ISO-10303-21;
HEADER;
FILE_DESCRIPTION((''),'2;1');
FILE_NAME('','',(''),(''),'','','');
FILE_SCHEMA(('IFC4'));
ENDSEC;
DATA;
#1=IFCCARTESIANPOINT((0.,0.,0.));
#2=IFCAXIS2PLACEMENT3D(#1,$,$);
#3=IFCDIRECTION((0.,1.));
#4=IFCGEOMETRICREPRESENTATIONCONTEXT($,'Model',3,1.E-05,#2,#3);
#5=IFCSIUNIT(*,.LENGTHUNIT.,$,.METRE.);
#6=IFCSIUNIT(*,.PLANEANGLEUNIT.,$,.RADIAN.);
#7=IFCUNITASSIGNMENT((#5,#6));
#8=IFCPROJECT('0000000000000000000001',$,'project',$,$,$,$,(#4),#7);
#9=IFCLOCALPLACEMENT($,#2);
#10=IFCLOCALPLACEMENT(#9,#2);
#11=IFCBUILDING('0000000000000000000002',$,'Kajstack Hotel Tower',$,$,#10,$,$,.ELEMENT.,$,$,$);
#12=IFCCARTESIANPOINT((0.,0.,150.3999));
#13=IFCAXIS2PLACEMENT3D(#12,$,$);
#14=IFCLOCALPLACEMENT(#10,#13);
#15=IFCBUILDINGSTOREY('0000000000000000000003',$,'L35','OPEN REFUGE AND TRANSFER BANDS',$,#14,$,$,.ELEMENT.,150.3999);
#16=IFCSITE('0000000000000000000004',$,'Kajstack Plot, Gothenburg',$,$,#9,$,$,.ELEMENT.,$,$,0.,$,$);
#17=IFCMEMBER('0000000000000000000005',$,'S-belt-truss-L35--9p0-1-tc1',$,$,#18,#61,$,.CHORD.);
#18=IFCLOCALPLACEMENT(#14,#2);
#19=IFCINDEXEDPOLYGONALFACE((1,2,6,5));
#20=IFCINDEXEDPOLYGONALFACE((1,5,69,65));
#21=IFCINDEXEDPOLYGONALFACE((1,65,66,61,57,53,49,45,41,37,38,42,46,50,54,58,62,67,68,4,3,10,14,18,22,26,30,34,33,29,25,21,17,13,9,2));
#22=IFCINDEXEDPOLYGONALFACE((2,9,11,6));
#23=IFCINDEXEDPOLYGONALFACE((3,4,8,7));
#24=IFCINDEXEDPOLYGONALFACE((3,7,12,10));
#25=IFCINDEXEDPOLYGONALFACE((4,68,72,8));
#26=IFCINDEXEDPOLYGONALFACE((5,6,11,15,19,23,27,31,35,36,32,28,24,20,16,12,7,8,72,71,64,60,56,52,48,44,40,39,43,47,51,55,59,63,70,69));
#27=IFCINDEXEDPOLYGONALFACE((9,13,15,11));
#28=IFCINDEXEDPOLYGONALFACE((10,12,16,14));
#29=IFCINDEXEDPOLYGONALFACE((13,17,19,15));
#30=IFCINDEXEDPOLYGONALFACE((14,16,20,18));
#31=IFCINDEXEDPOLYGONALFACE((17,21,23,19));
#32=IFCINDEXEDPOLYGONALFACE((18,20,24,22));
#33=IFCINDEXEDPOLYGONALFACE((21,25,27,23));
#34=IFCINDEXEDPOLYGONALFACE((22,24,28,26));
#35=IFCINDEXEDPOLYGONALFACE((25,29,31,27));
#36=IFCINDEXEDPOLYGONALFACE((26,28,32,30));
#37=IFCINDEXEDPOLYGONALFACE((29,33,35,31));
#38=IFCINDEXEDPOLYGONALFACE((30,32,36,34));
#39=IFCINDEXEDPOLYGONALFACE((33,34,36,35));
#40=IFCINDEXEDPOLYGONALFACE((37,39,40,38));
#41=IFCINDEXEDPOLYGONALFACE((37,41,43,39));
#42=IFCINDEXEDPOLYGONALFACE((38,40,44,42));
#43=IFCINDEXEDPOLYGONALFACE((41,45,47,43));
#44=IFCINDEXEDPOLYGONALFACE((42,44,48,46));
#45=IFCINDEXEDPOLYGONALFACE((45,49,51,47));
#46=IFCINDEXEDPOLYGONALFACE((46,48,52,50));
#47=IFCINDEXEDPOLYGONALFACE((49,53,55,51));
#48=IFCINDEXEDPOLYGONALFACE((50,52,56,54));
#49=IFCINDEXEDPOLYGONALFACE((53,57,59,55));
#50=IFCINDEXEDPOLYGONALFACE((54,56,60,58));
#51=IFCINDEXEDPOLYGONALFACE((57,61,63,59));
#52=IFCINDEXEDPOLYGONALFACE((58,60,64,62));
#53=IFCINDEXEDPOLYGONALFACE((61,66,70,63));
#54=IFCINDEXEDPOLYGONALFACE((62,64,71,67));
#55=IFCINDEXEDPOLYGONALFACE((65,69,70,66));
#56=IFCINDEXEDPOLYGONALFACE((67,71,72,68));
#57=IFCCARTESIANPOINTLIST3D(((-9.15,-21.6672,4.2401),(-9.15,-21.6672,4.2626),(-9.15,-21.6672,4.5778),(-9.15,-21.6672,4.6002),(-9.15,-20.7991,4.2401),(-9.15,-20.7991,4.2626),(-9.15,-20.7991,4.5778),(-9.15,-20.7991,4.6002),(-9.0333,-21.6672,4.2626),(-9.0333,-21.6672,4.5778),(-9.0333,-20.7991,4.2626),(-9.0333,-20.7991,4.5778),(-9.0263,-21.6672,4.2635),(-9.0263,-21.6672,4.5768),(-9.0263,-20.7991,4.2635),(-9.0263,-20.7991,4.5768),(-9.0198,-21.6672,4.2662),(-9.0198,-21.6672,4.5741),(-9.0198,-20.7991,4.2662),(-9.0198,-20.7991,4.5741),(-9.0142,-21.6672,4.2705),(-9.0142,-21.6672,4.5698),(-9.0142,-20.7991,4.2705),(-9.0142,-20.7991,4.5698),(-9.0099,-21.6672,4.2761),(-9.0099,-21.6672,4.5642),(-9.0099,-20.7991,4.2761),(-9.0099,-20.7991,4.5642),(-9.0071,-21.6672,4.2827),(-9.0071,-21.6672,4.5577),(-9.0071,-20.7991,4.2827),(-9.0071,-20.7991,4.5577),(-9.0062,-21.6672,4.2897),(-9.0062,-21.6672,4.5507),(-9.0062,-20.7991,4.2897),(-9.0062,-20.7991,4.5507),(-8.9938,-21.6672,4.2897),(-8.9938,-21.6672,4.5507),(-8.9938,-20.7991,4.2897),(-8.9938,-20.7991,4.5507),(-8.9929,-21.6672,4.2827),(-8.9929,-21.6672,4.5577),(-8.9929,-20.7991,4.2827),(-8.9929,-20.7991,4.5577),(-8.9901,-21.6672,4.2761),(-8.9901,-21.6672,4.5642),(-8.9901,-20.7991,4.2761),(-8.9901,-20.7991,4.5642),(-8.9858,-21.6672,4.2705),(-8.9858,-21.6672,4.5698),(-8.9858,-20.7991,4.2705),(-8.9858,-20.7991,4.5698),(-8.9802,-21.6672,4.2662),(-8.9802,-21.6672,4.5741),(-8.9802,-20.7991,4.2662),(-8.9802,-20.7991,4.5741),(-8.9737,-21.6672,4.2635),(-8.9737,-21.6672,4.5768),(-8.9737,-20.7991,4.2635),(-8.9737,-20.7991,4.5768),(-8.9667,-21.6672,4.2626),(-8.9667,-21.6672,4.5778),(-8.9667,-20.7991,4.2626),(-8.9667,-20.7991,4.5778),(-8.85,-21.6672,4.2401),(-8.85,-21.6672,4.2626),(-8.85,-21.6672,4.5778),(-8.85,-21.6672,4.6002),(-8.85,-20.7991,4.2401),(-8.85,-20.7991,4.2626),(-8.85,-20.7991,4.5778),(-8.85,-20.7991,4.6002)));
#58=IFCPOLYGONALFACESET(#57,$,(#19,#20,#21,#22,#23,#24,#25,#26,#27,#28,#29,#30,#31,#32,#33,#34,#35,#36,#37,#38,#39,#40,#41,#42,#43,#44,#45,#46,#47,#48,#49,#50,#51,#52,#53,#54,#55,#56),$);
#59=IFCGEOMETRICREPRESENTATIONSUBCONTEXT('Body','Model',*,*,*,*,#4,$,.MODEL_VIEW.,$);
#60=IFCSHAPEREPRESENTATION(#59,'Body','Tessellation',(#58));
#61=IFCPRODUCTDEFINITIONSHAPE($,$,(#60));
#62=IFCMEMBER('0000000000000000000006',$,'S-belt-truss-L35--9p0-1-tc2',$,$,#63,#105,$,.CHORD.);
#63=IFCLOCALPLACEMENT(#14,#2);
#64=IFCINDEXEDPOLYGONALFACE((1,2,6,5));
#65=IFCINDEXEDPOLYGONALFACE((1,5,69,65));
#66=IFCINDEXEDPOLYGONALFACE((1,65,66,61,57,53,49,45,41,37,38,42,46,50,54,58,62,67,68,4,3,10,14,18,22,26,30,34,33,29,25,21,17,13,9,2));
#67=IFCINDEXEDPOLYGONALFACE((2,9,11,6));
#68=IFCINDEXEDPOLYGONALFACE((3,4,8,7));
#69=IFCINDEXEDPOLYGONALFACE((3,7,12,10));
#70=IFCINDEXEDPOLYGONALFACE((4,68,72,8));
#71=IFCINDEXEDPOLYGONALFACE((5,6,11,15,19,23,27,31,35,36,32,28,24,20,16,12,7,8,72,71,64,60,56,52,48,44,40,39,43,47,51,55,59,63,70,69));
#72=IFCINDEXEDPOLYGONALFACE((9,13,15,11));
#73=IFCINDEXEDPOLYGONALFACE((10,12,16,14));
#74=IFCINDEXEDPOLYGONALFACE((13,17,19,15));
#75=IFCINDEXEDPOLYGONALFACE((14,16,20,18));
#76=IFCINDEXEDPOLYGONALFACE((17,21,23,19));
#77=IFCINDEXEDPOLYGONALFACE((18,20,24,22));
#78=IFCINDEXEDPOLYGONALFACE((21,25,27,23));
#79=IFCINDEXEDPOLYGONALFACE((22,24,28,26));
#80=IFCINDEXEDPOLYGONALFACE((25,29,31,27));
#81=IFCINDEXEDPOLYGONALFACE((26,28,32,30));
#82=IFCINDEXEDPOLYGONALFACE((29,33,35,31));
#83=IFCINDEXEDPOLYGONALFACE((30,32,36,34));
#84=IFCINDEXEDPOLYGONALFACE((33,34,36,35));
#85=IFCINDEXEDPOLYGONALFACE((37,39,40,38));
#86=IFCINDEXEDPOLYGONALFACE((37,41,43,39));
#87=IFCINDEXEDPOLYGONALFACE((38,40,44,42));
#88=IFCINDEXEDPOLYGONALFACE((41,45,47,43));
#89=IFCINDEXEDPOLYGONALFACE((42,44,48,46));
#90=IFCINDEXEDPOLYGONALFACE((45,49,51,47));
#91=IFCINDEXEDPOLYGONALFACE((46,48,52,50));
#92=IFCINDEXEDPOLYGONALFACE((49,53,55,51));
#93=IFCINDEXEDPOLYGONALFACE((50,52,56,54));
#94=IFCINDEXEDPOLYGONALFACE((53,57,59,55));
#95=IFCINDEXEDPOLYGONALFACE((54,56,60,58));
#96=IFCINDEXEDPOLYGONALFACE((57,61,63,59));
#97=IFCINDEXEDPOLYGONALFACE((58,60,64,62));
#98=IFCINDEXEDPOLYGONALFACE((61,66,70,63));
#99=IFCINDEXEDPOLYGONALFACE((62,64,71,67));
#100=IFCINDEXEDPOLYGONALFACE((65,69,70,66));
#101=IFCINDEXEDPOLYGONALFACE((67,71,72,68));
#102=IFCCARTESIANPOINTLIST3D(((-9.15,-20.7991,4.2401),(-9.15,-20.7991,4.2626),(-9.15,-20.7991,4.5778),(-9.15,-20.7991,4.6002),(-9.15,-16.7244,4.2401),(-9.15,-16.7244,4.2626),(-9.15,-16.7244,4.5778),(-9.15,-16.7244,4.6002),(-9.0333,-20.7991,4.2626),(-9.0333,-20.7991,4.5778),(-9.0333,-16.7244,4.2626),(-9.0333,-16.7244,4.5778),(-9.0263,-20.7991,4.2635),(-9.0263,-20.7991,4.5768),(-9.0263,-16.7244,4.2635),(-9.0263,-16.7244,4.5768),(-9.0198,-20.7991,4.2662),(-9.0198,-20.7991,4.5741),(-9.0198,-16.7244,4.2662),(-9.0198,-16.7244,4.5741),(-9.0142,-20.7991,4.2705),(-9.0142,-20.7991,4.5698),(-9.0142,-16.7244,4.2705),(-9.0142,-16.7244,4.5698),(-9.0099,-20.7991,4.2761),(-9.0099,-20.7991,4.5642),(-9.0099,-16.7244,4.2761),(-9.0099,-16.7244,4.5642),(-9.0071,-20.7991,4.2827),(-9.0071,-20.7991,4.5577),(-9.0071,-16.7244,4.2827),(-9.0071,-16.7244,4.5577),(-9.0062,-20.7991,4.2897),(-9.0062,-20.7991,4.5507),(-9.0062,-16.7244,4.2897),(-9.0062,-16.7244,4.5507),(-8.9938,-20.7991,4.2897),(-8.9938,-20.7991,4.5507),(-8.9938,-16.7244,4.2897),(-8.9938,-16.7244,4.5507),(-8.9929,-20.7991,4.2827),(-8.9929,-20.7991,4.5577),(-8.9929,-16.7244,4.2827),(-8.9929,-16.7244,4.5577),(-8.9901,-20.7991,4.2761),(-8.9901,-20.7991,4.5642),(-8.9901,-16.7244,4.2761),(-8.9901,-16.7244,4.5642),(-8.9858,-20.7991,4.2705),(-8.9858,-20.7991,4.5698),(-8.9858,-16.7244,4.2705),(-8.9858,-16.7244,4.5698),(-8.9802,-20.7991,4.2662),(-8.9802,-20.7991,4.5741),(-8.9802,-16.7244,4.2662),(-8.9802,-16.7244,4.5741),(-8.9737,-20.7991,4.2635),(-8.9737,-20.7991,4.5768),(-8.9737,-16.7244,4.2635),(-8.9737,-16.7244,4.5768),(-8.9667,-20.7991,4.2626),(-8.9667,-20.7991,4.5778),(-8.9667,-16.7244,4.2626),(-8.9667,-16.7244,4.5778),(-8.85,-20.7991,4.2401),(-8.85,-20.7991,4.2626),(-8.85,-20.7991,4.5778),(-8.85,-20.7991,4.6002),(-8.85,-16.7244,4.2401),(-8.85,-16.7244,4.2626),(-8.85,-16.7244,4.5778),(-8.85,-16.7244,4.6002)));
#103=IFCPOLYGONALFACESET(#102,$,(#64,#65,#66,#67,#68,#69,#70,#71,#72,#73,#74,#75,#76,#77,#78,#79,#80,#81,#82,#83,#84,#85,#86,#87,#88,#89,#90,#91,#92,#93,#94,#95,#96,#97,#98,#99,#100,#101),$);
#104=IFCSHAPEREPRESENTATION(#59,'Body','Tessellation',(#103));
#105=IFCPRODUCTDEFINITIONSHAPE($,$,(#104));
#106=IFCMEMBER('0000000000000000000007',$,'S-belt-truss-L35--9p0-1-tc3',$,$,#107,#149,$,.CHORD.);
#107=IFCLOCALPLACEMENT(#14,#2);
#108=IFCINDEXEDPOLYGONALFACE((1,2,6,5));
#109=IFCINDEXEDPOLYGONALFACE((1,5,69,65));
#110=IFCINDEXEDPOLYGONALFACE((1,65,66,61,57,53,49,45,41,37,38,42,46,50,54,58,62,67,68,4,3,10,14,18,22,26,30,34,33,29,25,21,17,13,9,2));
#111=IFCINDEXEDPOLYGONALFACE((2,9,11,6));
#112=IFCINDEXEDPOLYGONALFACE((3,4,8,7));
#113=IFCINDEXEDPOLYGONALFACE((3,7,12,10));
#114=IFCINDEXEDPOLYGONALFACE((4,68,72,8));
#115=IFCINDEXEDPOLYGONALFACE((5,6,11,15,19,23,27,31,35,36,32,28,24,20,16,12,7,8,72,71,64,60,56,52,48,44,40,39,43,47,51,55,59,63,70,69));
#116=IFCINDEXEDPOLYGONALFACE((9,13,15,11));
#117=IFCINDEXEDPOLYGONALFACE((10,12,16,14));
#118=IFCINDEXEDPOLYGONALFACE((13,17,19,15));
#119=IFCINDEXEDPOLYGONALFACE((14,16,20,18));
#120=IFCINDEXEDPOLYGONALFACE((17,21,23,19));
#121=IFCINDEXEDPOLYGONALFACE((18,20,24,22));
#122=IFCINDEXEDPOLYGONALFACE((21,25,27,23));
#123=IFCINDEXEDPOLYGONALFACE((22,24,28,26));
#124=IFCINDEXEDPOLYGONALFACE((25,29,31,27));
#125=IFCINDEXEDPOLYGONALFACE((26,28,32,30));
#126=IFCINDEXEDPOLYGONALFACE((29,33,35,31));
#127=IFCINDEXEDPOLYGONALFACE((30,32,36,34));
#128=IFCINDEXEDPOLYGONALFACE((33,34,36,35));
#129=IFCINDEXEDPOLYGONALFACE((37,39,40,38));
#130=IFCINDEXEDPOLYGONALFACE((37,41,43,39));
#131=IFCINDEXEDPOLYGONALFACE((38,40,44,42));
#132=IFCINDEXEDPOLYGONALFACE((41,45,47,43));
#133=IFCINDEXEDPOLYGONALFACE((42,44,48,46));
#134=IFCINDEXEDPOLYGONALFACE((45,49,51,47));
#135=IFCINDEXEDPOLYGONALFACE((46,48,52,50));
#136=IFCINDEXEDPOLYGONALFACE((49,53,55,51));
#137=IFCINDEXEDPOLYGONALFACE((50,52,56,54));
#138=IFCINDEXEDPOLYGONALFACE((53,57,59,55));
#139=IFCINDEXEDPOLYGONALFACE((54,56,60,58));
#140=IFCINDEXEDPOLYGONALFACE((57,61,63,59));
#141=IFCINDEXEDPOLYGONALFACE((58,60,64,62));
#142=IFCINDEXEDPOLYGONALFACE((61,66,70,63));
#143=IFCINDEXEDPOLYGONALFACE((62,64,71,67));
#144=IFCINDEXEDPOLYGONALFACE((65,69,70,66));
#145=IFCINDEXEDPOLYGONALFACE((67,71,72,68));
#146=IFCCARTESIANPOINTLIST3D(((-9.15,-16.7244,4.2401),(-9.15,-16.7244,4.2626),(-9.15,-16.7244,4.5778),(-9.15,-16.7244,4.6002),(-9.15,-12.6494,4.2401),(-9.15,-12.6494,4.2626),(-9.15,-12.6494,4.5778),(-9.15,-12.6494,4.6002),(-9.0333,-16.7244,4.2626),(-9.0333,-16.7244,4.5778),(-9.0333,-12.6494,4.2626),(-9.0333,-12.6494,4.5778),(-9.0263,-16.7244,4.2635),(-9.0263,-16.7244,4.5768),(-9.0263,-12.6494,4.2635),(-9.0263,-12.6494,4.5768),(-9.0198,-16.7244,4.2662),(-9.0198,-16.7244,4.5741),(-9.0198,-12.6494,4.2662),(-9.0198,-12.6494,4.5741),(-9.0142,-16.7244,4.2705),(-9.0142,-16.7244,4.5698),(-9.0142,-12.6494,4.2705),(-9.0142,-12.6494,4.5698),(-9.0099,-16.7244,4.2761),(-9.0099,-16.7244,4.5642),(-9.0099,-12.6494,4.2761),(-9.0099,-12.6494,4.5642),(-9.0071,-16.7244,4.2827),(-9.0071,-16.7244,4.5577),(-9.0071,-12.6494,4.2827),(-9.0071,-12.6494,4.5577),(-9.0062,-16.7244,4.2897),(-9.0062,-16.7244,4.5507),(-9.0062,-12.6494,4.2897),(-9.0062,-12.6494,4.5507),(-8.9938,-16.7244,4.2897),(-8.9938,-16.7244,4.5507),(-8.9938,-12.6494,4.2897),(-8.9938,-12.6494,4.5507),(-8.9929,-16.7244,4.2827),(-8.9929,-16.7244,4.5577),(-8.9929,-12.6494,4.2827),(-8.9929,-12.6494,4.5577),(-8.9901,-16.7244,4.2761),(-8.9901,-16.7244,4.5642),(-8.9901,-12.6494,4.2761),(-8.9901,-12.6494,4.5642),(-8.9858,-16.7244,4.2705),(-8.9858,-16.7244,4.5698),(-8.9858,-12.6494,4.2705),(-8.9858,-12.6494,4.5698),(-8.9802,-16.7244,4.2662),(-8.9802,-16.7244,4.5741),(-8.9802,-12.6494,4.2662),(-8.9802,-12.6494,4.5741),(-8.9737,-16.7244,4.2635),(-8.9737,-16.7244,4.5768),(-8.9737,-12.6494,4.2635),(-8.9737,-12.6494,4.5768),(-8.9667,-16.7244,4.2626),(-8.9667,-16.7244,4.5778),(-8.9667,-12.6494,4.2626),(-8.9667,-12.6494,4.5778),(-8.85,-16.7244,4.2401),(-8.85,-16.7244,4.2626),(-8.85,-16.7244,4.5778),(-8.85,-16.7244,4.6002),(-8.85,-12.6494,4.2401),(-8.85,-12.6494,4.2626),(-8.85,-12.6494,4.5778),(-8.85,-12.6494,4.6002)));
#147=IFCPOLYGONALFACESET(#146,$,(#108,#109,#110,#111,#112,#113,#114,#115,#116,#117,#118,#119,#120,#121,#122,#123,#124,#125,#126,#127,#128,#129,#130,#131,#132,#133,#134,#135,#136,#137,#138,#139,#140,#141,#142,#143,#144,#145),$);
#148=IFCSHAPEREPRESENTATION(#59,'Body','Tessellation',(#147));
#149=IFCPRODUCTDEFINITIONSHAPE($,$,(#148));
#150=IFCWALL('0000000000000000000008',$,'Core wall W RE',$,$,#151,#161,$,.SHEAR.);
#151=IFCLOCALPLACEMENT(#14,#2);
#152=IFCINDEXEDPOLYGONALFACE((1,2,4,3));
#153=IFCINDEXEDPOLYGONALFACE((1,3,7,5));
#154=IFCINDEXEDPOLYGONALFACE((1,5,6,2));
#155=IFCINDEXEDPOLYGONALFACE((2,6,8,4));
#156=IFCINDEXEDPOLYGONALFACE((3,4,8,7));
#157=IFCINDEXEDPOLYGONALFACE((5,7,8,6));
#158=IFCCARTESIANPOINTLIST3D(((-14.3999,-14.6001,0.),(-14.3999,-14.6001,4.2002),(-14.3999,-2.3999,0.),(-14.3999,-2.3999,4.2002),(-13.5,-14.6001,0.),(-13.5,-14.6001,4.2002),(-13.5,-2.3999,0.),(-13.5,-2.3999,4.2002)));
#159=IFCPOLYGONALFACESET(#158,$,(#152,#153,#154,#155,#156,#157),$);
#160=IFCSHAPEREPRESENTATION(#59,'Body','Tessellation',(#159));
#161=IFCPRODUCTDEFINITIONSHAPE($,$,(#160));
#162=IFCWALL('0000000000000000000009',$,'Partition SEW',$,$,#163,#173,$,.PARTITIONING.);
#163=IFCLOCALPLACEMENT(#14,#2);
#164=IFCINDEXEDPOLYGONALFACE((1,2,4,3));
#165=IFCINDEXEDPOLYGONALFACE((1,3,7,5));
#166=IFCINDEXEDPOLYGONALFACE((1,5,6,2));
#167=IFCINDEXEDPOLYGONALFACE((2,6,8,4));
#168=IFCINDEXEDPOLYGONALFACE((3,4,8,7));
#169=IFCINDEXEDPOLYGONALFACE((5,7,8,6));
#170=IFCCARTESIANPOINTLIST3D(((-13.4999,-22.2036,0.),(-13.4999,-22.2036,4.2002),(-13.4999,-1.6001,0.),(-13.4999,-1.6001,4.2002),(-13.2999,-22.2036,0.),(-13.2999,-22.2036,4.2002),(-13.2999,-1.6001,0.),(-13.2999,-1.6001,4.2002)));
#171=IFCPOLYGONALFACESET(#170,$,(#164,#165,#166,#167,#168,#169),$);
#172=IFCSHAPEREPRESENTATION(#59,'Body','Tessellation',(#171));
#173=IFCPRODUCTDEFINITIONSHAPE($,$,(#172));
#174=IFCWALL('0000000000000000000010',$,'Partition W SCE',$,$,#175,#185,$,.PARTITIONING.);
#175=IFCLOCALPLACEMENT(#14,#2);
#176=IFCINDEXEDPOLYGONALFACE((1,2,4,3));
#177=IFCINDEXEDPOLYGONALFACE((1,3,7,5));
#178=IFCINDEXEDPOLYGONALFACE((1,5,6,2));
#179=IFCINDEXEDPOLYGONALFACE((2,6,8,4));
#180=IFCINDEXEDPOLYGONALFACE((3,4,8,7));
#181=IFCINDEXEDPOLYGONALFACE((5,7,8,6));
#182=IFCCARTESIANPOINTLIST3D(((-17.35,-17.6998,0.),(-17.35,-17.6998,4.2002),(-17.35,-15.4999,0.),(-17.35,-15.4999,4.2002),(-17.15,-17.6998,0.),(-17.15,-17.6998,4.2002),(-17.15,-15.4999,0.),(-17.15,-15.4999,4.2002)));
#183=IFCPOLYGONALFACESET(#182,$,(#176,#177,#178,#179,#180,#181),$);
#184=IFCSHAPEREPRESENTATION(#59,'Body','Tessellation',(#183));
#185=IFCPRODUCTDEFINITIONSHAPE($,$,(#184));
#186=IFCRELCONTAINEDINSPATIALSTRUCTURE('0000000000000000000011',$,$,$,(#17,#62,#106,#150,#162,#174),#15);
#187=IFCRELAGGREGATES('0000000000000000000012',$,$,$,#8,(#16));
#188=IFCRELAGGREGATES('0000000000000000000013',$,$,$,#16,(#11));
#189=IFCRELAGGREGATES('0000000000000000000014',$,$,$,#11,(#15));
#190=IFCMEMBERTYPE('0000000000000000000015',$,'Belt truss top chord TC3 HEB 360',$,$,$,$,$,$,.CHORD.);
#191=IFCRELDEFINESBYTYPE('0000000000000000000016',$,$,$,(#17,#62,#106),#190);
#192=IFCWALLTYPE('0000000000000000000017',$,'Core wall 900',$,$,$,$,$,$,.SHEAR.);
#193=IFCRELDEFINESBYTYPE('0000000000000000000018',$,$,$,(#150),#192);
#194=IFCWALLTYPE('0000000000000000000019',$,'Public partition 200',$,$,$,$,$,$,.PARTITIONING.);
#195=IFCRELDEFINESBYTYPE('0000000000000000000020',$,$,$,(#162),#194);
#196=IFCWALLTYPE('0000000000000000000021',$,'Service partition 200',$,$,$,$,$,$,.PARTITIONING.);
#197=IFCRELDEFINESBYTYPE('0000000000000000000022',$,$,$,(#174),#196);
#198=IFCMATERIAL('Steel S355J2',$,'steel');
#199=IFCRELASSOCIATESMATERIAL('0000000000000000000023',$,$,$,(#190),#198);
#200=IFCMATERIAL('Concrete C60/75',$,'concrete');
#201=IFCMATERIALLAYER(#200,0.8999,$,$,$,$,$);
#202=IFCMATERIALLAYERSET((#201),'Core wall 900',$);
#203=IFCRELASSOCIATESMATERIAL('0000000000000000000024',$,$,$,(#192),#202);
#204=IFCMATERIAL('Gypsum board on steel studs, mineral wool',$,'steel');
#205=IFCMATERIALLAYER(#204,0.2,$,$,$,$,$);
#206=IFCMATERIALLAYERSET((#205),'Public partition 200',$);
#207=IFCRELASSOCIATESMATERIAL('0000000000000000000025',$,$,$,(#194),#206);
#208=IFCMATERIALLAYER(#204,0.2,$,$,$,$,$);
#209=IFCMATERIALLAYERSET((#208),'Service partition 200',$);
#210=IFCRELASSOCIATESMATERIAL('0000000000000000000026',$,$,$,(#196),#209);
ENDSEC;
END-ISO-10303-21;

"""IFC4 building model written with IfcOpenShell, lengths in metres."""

from ifc_helpers import new_model, si_unit, direction, frame, frame_2d, origin, origin_2d, place, context, subcontext, project, spatial, rectangle, i_section, extrude, material, layer, layer_set, material_profile, profile_set, type_object, element, save


model = new_model("IFC4")

# Units and contexts
model_context = context("Model", 3, precision=1e-05, world=origin(), true_north=direction((0.0, 1.0)))
body_context = subcontext(model_context, "Body", "Model", "MODEL_VIEW")
ifc_project = project(units=[si_unit("LENGTHUNIT", "METRE"), si_unit("PLANEANGLEUNIT", "RADIAN")], contexts=[model_context])

# Site, building, storey
site_placement = place(None, origin())
site = spatial("IfcSite", under=ifc_project, at=site_placement, Name="Kajstack Plot, Gothenburg", CompositionType="ELEMENT", RefElevation=0.0)
building_placement = place(site_placement, origin())
building = spatial("IfcBuilding", under=site, at=building_placement, Name="Kajstack Hotel Tower", CompositionType="ELEMENT")
storey_placement = place(building_placement, frame((0.0, 0.0, 150.3999)))
storey = spatial("IfcBuildingStorey", under=building, at=storey_placement, Name="L35", Description="OPEN REFUGE AND TRANSFER BANDS", CompositionType="ELEMENT", Elevation=150.3999)

# Members
ifc_material_1 = material(Name="Steel S355J2", Category="steel")
ifc_material_profile_1 = material_profile(ifc_material_1, i_section(OverallWidth=0.3, OverallDepth=0.3601, WebThickness=0.0125, FlangeThickness=0.0225, FilletRadius=0.0271, at=origin_2d()), Name="HEB 360")
ifc_profile_set_1 = profile_set([ifc_material_profile_1], Name="Steel S355J2")
member_type_1 = type_object("IfcMemberType", Name="Belt truss top chord TC3 HEB 360", PredefinedType="CHORD", material=ifc_profile_set_1)
member_1_placement = place(storey_placement, frame((-9.0, -21.6672, 4.4202), z_axis=(0.0, 1.0, 0.0), x_axis=(-1.0, 0.0, 0.0)))
element("IfcMember", 1, at=member_1_placement, inside=storey, type_object=member_type_1, Name="S-belt-truss-L35--9p0-1-tc1", PredefinedType="CHORD", context=body_context, shape_type="SweptSolid", body=[
    extrude(i_section(OverallWidth=0.3, OverallDepth=0.3601, WebThickness=0.0125, FlangeThickness=0.0225, FilletRadius=0.0271, at=origin_2d()), origin(), (0.0, 0.0, 1.0), 0.8682),
])
member_2_placement = place(storey_placement, frame((-9.0, -20.7991, 4.4202), z_axis=(0.0, 1.0, 0.0), x_axis=(-1.0, 0.0, 0.0)))
element("IfcMember", 2, at=member_2_placement, inside=storey, type_object=member_type_1, Name="S-belt-truss-L35--9p0-1-tc2", PredefinedType="CHORD", context=body_context, shape_type="SweptSolid", body=[
    extrude(i_section(OverallWidth=0.3, OverallDepth=0.3601, WebThickness=0.0125, FlangeThickness=0.0225, FilletRadius=0.0271, at=origin_2d()), origin(), (0.0, 0.0, 1.0), 4.0747),
])
member_3_placement = place(storey_placement, frame((-9.0, -16.7244, 4.4202), z_axis=(0.0, 1.0, 0.0), x_axis=(-1.0, 0.0, 0.0)))
element("IfcMember", 3, at=member_3_placement, inside=storey, type_object=member_type_1, Name="S-belt-truss-L35--9p0-1-tc3", PredefinedType="CHORD", context=body_context, shape_type="SweptSolid", body=[
    extrude(i_section(OverallWidth=0.3, OverallDepth=0.3601, WebThickness=0.0125, FlangeThickness=0.0225, FilletRadius=0.0271, at=origin_2d()), origin(), (0.0, 0.0, 1.0), 4.075),
])

# Walls
ifc_material_2 = material(Name="Concrete C60/75", Category="concrete")
ifc_layer_1 = layer(ifc_material_2, 0.8999)
ifc_layer_set_1 = layer_set([ifc_layer_1], Name="Core wall 900")
wall_type_1 = type_object("IfcWallType", Name="Core wall 900", PredefinedType="SHEAR", material=ifc_layer_set_1)
wall_1_placement = place(storey_placement, frame((-13.95, -14.6001, 0.0), z_axis=(0.0, 0.0, 1.0), x_axis=(0.0, 1.0, 0.0)))
element("IfcWall", 4, at=wall_1_placement, inside=storey, type_object=wall_type_1, Name="Core wall W RE", PredefinedType="SHEAR", context=body_context, shape_type="SweptSolid", body=[
    extrude(rectangle(XDim=12.2002, YDim=0.8999, at=frame_2d((6.1001, 0.0))), origin(), (0.0, 0.0, 1.0), 4.2002),
])
ifc_material_3 = material(Name="Gypsum board on steel studs, mineral wool", Category="steel")
ifc_layer_2 = layer(ifc_material_3, 0.2)
ifc_layer_set_2 = layer_set([ifc_layer_2], Name="Public partition 200")
wall_type_2 = type_object("IfcWallType", Name="Public partition 200", PredefinedType="PARTITIONING", material=ifc_layer_set_2)
wall_2_placement = place(storey_placement, frame((-13.3999, -22.2036, 0.0), z_axis=(0.0, 0.0, 1.0), x_axis=(0.0, 1.0, 0.0)))
element("IfcWall", 5, at=wall_2_placement, inside=storey, type_object=wall_type_2, Name="Partition SEW", PredefinedType="PARTITIONING", context=body_context, shape_type="SweptSolid", body=[
    extrude(rectangle(XDim=20.6035, YDim=0.2, at=frame_2d((10.3018, 0.0))), origin(), (0.0, 0.0, 1.0), 4.2002),
])
ifc_layer_3 = layer(ifc_material_3, 0.2)
ifc_layer_set_3 = layer_set([ifc_layer_3], Name="Service partition 200")
wall_type_3 = type_object("IfcWallType", Name="Service partition 200", PredefinedType="PARTITIONING", material=ifc_layer_set_3)
wall_3_placement = place(storey_placement, frame((-17.25, -17.7, 0.0), z_axis=(0.0, 0.0, 1.0), x_axis=(0.0, 1.0, 0.0)))
element("IfcWall", 6, at=wall_3_placement, inside=storey, type_object=wall_type_3, Name="Partition W SCE", PredefinedType="PARTITIONING", context=body_context, shape_type="SweptSolid", body=[
    extrude(rectangle(XDim=2.2, YDim=0.2, at=frame_2d((1.1001, 0.0))), origin(), (0.0, 0.0, 1.0), 4.2002),
])

save(model, "model.ifc")
